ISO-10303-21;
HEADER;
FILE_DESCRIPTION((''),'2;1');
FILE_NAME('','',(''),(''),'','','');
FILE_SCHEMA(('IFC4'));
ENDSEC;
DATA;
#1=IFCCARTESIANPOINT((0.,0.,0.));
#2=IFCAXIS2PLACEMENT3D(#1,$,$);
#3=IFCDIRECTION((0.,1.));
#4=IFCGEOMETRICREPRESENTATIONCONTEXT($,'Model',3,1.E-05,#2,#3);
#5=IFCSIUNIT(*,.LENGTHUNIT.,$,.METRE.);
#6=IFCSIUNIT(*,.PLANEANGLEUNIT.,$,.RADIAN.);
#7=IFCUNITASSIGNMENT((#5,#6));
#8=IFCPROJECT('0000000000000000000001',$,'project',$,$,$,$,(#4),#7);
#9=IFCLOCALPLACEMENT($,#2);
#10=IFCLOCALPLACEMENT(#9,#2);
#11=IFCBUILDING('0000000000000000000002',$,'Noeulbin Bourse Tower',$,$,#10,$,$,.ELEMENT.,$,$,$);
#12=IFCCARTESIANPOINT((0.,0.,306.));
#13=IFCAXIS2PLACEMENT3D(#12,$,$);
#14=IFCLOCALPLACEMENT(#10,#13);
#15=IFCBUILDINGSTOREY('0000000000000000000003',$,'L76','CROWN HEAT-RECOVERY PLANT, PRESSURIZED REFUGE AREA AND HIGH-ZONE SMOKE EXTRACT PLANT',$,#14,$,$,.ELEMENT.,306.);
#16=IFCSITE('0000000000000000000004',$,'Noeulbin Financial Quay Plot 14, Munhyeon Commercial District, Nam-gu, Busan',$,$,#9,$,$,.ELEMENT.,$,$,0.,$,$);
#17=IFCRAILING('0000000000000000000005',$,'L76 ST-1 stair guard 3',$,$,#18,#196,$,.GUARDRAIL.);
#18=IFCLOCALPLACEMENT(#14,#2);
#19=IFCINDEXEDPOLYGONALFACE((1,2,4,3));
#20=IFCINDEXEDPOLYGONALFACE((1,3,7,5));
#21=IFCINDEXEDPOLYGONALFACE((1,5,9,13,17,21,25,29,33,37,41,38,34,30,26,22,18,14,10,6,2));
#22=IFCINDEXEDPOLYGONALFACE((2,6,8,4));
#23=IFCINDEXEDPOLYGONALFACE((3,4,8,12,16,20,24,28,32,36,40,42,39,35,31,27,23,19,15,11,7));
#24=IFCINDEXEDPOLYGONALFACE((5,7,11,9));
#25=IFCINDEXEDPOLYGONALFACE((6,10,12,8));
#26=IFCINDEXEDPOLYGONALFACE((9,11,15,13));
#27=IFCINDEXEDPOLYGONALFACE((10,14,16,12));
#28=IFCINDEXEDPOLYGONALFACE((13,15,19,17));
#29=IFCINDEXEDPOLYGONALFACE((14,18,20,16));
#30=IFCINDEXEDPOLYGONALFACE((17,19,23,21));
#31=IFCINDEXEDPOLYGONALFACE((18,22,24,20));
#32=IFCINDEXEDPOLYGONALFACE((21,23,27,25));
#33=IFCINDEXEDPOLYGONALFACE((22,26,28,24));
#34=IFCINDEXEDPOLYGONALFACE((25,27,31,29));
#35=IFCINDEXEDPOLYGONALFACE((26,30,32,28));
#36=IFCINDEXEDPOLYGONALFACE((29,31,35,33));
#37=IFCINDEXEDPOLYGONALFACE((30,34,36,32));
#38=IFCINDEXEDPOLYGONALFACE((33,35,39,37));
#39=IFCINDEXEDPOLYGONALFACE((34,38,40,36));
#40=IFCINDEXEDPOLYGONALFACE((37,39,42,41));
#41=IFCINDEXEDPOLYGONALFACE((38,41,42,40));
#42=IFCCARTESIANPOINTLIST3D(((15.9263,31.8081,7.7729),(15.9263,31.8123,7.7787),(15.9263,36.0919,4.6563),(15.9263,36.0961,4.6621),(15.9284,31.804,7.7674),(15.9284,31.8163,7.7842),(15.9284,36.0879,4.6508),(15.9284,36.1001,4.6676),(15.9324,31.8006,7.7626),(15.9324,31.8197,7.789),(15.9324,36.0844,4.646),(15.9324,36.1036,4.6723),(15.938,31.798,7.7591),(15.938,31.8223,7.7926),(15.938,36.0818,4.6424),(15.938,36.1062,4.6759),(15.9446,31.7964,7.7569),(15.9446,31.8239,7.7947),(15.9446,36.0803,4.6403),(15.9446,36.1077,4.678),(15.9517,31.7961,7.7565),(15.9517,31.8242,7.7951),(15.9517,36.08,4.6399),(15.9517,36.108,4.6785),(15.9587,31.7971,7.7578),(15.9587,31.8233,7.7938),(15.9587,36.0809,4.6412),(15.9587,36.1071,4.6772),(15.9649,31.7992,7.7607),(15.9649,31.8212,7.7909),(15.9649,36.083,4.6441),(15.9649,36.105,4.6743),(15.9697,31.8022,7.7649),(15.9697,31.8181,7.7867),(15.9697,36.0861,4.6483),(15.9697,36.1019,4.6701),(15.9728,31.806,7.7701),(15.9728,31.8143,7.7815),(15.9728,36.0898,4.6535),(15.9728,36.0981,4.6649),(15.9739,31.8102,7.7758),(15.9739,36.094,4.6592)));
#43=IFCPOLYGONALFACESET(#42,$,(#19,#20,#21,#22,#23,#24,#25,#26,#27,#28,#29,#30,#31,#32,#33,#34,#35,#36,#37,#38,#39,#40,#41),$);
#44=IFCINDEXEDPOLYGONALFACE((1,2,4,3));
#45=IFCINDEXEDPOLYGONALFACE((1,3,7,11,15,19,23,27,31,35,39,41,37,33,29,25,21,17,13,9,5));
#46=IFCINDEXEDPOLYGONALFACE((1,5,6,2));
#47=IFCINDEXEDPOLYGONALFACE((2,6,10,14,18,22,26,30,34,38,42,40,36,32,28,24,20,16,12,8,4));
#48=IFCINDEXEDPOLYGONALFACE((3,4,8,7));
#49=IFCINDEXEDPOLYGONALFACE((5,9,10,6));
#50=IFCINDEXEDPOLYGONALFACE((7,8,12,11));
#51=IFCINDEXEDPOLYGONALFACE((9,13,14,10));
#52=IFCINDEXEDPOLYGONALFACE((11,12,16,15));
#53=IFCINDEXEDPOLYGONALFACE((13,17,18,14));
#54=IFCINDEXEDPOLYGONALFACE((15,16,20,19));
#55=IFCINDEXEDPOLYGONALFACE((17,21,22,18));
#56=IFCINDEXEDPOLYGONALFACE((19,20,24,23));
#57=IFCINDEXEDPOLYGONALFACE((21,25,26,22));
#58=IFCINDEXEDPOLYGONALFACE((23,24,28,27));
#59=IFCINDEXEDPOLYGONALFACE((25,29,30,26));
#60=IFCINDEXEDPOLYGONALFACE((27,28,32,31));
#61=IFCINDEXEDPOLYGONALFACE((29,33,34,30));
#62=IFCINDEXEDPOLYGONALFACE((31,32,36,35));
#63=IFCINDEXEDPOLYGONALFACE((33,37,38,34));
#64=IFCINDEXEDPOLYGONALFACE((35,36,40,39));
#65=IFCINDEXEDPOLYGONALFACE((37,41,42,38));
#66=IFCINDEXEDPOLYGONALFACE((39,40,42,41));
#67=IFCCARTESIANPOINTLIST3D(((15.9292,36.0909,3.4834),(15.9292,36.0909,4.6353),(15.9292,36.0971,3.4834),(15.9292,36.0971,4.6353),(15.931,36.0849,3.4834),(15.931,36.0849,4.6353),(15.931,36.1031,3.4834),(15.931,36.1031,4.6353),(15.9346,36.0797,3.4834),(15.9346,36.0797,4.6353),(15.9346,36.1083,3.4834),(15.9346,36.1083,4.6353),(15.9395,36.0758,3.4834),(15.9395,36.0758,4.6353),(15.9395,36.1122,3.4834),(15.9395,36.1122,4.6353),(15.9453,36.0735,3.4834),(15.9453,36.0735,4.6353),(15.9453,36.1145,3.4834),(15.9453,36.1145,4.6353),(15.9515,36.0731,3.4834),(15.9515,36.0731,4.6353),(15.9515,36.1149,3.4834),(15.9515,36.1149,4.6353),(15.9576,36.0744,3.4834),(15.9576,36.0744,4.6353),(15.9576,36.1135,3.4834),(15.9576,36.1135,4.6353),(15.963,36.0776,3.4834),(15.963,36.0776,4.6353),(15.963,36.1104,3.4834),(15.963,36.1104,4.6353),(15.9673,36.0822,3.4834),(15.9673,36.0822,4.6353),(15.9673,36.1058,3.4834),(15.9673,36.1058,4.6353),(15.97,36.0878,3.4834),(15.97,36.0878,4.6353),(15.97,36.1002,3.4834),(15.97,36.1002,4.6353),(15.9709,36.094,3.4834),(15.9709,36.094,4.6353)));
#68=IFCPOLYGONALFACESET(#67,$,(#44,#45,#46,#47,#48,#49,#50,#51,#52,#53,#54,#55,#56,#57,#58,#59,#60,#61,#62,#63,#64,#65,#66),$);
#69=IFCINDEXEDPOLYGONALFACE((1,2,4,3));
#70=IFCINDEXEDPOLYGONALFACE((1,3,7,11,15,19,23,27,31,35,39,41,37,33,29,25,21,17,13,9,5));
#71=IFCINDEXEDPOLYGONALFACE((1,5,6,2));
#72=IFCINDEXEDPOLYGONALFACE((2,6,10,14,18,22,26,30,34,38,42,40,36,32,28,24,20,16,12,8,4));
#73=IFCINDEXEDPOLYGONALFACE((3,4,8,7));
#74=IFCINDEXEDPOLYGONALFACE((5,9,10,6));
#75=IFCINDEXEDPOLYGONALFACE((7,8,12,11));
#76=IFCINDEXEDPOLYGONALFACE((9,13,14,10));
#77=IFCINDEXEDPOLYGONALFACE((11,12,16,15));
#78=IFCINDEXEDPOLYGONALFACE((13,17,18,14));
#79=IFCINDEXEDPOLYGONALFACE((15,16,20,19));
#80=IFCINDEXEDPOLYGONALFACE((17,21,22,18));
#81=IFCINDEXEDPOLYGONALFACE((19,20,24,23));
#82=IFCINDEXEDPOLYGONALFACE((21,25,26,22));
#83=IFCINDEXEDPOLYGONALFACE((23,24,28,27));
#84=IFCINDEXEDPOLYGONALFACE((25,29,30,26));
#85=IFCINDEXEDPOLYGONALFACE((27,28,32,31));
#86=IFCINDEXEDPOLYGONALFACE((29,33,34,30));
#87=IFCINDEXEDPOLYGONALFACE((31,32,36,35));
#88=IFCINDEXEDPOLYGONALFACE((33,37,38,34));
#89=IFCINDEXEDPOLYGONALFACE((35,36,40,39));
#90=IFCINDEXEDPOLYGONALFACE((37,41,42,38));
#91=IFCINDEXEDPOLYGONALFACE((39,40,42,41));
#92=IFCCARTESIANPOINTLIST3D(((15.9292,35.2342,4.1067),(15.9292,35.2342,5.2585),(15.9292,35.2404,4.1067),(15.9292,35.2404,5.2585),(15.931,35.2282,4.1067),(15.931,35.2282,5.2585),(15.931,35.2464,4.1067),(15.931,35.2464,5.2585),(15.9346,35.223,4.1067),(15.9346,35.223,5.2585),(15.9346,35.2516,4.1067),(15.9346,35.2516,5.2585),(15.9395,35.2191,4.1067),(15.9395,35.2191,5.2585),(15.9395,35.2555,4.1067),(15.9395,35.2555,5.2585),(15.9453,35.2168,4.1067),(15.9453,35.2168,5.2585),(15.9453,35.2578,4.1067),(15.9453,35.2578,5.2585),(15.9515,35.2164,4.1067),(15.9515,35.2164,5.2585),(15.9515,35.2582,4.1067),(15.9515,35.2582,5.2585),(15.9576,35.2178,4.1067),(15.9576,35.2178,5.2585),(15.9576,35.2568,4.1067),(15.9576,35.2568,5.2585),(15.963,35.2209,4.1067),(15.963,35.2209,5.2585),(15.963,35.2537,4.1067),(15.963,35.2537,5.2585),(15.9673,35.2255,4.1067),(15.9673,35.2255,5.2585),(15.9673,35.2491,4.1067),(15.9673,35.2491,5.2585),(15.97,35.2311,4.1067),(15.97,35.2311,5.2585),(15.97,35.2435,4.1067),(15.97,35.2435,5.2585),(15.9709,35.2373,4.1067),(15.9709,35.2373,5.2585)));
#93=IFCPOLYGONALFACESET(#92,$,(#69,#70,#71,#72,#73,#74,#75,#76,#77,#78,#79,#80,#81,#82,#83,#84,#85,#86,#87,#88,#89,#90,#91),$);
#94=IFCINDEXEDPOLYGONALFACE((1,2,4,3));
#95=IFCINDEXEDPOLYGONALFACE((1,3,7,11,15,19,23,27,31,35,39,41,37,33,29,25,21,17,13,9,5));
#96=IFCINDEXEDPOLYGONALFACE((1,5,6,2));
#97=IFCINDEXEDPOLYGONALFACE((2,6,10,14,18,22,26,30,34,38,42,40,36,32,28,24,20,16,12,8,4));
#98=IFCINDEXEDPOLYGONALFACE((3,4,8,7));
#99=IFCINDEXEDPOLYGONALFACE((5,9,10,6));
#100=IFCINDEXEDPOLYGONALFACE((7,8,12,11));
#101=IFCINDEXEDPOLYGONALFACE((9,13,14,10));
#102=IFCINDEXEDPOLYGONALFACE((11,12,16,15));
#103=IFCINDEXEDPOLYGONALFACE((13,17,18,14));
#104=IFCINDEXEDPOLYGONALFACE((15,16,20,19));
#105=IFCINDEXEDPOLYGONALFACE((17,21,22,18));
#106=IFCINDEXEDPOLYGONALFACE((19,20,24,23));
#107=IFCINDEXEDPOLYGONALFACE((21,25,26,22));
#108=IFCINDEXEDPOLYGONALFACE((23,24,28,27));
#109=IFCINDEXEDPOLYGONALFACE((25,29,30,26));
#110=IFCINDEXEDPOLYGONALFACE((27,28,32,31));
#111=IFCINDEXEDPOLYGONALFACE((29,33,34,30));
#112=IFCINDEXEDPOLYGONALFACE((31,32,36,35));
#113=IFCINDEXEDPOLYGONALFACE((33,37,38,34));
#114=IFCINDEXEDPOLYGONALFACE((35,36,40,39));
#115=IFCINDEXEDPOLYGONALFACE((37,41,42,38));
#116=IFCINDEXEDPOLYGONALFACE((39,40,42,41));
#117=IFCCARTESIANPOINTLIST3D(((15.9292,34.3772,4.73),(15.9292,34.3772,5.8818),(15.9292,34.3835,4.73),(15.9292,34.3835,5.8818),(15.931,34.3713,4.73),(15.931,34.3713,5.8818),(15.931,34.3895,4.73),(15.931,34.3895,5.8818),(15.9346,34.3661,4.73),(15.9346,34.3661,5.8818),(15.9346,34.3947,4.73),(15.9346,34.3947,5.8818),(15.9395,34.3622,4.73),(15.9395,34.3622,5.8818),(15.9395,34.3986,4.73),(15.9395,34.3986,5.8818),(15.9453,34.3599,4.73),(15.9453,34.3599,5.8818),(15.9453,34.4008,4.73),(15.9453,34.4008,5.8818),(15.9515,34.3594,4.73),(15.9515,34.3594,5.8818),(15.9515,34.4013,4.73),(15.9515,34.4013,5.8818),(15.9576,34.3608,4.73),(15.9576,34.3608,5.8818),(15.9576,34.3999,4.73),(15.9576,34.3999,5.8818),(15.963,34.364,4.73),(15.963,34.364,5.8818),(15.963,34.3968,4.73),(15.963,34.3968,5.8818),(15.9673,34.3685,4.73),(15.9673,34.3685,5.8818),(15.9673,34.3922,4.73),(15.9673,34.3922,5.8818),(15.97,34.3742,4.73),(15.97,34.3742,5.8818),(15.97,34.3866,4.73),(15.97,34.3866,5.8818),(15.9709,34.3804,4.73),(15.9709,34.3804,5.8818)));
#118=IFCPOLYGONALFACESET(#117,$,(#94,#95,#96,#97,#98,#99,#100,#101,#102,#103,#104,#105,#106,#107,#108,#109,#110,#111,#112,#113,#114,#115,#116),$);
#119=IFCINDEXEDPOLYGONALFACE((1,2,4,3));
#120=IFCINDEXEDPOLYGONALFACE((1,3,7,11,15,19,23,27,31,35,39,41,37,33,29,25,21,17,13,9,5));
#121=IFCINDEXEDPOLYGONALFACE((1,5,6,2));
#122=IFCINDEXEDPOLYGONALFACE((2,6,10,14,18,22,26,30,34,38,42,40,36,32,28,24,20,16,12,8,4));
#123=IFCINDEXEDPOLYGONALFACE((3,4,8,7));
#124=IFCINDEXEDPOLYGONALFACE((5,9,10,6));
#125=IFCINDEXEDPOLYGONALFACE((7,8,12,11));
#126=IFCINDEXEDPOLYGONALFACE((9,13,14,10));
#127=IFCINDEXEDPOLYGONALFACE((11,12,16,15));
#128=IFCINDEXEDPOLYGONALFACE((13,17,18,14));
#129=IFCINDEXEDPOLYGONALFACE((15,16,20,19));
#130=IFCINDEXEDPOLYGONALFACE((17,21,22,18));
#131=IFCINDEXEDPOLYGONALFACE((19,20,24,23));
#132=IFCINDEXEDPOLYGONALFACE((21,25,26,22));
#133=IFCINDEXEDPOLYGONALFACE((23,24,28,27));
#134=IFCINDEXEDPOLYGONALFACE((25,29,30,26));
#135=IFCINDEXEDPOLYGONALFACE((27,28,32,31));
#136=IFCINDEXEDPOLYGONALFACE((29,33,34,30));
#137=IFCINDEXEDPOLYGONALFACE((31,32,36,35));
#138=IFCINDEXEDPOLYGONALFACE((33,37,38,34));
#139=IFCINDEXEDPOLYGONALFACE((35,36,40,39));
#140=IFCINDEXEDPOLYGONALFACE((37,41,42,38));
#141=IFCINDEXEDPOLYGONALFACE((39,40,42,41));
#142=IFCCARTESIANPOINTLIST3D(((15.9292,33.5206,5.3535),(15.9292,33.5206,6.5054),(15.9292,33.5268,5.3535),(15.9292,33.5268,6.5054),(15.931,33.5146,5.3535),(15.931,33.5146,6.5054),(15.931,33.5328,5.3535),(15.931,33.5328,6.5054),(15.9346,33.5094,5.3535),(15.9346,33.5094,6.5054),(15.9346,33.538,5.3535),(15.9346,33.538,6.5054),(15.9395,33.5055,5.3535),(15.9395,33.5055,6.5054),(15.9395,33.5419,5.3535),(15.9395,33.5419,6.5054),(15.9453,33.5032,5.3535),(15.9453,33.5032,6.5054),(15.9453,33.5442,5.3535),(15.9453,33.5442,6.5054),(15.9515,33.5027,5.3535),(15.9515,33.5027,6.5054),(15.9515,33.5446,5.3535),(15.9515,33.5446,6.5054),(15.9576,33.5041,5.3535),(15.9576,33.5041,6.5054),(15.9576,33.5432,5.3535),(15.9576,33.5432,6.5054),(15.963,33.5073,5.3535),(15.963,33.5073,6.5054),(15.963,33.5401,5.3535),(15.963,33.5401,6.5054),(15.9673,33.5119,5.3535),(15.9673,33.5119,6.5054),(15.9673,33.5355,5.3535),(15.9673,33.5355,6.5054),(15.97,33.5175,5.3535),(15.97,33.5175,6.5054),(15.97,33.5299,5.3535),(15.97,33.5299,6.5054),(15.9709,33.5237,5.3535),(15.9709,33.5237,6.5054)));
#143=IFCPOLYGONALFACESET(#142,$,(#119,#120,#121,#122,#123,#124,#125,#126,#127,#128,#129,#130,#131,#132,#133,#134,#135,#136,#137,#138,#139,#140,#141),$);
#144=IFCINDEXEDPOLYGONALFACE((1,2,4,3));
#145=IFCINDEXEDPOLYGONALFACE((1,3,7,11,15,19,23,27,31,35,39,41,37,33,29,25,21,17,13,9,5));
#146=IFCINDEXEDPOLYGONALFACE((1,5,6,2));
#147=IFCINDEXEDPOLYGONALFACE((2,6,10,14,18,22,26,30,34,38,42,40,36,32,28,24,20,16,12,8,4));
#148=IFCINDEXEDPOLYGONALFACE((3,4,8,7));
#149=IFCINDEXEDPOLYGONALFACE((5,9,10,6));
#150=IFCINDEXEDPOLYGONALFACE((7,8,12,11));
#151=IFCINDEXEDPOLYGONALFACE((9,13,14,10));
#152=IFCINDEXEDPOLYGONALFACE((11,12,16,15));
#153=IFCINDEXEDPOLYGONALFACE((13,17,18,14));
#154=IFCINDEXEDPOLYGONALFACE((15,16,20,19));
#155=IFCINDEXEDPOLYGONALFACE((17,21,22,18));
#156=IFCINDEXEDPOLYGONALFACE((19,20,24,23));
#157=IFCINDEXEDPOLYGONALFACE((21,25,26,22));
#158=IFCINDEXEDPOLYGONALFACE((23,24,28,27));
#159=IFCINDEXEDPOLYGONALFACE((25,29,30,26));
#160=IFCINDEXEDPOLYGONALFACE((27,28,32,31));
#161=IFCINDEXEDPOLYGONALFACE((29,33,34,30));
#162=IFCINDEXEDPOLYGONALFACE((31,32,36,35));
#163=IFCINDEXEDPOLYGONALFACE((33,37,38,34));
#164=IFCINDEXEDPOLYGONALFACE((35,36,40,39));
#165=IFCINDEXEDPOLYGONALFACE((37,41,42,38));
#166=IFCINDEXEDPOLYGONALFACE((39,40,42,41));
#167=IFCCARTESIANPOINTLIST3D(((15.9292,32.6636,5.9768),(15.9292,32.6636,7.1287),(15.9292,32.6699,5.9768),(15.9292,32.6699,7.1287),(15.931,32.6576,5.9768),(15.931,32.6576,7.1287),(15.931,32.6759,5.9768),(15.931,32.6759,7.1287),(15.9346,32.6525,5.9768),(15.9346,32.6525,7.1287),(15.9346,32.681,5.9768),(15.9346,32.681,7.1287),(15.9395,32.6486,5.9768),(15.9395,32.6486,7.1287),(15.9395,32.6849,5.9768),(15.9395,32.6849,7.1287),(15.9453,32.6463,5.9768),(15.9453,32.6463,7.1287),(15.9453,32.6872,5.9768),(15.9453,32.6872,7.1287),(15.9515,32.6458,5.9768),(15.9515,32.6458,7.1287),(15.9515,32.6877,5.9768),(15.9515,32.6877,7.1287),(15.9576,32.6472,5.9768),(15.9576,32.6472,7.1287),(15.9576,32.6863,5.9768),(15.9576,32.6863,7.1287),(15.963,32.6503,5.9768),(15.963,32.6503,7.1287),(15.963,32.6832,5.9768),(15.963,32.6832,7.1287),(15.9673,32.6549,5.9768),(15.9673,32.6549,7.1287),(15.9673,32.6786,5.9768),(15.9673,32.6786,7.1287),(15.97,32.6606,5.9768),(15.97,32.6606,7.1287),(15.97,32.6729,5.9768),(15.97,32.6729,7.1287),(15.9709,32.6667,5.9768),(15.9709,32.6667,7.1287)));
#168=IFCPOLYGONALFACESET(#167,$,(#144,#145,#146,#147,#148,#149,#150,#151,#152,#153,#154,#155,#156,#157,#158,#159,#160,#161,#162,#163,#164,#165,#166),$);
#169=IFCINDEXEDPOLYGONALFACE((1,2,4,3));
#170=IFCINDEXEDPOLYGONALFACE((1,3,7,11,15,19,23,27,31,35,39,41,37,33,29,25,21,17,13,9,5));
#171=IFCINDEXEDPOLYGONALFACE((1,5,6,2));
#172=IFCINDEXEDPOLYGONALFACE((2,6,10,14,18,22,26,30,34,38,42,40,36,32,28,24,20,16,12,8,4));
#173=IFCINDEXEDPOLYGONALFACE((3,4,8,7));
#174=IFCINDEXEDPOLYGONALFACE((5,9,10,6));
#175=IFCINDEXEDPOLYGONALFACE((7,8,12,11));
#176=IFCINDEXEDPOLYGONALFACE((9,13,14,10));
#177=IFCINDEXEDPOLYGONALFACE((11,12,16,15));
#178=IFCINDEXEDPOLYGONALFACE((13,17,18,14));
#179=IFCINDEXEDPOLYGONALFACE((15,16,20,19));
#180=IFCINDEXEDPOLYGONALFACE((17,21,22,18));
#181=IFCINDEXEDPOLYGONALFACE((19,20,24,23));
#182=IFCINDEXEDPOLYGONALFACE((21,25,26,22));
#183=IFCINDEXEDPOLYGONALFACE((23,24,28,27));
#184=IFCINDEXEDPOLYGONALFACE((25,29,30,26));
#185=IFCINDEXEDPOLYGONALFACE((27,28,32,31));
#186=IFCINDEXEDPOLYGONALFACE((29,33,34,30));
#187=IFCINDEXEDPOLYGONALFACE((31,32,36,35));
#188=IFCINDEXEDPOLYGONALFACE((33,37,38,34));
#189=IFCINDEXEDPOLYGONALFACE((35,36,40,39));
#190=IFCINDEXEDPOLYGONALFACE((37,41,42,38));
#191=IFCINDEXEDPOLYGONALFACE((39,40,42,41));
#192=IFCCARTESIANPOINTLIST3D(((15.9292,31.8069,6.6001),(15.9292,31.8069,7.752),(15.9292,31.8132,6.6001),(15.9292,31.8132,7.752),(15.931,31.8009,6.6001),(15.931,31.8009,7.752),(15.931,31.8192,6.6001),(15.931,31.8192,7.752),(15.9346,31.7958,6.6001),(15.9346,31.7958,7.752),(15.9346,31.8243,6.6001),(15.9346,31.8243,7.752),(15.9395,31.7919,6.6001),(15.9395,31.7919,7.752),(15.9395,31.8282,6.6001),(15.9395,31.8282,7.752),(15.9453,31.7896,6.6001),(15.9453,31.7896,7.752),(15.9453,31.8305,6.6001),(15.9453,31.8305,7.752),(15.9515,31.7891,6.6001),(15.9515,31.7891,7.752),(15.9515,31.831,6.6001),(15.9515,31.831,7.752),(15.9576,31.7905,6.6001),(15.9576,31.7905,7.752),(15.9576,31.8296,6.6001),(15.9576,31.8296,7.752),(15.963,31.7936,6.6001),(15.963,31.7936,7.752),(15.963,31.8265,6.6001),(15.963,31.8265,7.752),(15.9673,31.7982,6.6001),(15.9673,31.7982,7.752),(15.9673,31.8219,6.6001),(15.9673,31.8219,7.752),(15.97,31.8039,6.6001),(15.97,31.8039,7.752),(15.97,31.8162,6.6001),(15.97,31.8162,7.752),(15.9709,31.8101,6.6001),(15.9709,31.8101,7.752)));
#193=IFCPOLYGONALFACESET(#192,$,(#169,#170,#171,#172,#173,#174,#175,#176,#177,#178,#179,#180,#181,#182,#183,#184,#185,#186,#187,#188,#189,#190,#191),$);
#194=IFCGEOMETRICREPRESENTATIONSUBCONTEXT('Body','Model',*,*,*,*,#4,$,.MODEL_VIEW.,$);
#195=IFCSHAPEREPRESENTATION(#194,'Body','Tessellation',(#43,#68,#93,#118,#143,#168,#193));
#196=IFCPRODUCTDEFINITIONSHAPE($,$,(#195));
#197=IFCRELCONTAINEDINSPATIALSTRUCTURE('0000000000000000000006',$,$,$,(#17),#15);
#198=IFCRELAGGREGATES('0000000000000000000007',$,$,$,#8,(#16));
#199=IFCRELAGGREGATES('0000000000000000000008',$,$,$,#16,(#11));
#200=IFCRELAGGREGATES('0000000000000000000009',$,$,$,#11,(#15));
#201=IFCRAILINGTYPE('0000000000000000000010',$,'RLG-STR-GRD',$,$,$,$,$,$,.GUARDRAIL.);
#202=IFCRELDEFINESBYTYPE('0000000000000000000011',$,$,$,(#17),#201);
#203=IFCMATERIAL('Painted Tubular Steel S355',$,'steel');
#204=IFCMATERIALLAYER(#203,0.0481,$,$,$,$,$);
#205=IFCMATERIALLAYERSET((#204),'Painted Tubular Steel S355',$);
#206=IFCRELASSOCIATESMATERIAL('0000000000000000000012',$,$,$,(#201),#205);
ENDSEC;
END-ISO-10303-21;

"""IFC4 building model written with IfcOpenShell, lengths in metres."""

from ifc_helpers import new_model, si_unit, direction, frame, origin, origin_2d, place, context, subcontext, project, spatial, circle, extrude, material, layer, layer_set, type_object, element, save


model = new_model("IFC4")

# Units and contexts
model_context = context("Model", 3, precision=1e-05, world=origin(), true_north=direction((0.0, 1.0)))
body_context = subcontext(model_context, "Body", "Model", "MODEL_VIEW")
ifc_project = project(units=[si_unit("LENGTHUNIT", "METRE"), si_unit("PLANEANGLEUNIT", "RADIAN")], contexts=[model_context])

# Site, building, storey
site_placement = place(None, origin())
site = spatial("IfcSite", under=ifc_project, at=site_placement, Name="Noeulbin Financial Quay Plot 14, Munhyeon Commercial District, Nam-gu, Busan", CompositionType="ELEMENT", RefElevation=0.0)
building_placement = place(site_placement, origin())
building = spatial("IfcBuilding", under=site, at=building_placement, Name="Noeulbin Bourse Tower", CompositionType="ELEMENT")
storey_placement = place(building_placement, frame((0.0, 0.0, 306.0)))
storey = spatial("IfcBuildingStorey", under=building, at=storey_placement, Name="L76", Description="CROWN HEAT-RECOVERY PLANT, PRESSURIZED REFUGE AREA AND HIGH-ZONE SMOKE EXTRACT PLANT", CompositionType="ELEMENT", Elevation=306.0)

# Railing
ifc_material_1 = material(Name="Painted Tubular Steel S355", Category="steel")
ifc_layer_1 = layer(ifc_material_1, 0.0481)
ifc_layer_set_1 = layer_set([ifc_layer_1], Name="Painted Tubular Steel S355")
railing_type_1 = type_object("IfcRailingType", Name="RLG-STR-GRD", PredefinedType="GUARDRAIL", material=ifc_layer_set_1)
railing_1_placement = place(storey_placement, frame((15.95, 36.094, 3.4834)))
element("IfcRailing", 1, at=railing_1_placement, inside=storey, type_object=railing_type_1, Name="L76 ST-1 stair guard 3", PredefinedType="GUARDRAIL", context=body_context, shape_type="SweptSolid", body=[
    extrude(circle(Radius=0.0239, at=origin_2d()), frame((0.0, 0.0, 1.1758), z_axis=(0.0, -0.808636, 0.588309), x_axis=(1.0, 0.0, 0.0)), (0.0, 0.0, 1.0), 5.2976),
    extrude(circle(Radius=0.021, at=origin_2d()), origin(), (0.0, 0.0, 1.0), 1.1519),
    extrude(circle(Radius=0.021, at=origin_2d()), frame((0.0, -0.8567, 0.6233)), (0.0, 0.0, 1.0), 1.1519),
    extrude(circle(Radius=0.021, at=origin_2d()), frame((0.0, -1.7136, 1.2466)), (0.0, 0.0, 1.0), 1.1519),
    extrude(circle(Radius=0.021, at=origin_2d()), frame((0.0, -2.5703, 1.8701)), (0.0, 0.0, 1.0), 1.1519),
    extrude(circle(Radius=0.021, at=origin_2d()), frame((0.0, -3.4272, 2.4934)), (0.0, 0.0, 1.0), 1.1519),
    extrude(circle(Radius=0.021, at=origin_2d()), frame((0.0, -4.2839, 3.1167)), (0.0, 0.0, 1.0), 1.1519),
])

save(model, "model.ifc")
